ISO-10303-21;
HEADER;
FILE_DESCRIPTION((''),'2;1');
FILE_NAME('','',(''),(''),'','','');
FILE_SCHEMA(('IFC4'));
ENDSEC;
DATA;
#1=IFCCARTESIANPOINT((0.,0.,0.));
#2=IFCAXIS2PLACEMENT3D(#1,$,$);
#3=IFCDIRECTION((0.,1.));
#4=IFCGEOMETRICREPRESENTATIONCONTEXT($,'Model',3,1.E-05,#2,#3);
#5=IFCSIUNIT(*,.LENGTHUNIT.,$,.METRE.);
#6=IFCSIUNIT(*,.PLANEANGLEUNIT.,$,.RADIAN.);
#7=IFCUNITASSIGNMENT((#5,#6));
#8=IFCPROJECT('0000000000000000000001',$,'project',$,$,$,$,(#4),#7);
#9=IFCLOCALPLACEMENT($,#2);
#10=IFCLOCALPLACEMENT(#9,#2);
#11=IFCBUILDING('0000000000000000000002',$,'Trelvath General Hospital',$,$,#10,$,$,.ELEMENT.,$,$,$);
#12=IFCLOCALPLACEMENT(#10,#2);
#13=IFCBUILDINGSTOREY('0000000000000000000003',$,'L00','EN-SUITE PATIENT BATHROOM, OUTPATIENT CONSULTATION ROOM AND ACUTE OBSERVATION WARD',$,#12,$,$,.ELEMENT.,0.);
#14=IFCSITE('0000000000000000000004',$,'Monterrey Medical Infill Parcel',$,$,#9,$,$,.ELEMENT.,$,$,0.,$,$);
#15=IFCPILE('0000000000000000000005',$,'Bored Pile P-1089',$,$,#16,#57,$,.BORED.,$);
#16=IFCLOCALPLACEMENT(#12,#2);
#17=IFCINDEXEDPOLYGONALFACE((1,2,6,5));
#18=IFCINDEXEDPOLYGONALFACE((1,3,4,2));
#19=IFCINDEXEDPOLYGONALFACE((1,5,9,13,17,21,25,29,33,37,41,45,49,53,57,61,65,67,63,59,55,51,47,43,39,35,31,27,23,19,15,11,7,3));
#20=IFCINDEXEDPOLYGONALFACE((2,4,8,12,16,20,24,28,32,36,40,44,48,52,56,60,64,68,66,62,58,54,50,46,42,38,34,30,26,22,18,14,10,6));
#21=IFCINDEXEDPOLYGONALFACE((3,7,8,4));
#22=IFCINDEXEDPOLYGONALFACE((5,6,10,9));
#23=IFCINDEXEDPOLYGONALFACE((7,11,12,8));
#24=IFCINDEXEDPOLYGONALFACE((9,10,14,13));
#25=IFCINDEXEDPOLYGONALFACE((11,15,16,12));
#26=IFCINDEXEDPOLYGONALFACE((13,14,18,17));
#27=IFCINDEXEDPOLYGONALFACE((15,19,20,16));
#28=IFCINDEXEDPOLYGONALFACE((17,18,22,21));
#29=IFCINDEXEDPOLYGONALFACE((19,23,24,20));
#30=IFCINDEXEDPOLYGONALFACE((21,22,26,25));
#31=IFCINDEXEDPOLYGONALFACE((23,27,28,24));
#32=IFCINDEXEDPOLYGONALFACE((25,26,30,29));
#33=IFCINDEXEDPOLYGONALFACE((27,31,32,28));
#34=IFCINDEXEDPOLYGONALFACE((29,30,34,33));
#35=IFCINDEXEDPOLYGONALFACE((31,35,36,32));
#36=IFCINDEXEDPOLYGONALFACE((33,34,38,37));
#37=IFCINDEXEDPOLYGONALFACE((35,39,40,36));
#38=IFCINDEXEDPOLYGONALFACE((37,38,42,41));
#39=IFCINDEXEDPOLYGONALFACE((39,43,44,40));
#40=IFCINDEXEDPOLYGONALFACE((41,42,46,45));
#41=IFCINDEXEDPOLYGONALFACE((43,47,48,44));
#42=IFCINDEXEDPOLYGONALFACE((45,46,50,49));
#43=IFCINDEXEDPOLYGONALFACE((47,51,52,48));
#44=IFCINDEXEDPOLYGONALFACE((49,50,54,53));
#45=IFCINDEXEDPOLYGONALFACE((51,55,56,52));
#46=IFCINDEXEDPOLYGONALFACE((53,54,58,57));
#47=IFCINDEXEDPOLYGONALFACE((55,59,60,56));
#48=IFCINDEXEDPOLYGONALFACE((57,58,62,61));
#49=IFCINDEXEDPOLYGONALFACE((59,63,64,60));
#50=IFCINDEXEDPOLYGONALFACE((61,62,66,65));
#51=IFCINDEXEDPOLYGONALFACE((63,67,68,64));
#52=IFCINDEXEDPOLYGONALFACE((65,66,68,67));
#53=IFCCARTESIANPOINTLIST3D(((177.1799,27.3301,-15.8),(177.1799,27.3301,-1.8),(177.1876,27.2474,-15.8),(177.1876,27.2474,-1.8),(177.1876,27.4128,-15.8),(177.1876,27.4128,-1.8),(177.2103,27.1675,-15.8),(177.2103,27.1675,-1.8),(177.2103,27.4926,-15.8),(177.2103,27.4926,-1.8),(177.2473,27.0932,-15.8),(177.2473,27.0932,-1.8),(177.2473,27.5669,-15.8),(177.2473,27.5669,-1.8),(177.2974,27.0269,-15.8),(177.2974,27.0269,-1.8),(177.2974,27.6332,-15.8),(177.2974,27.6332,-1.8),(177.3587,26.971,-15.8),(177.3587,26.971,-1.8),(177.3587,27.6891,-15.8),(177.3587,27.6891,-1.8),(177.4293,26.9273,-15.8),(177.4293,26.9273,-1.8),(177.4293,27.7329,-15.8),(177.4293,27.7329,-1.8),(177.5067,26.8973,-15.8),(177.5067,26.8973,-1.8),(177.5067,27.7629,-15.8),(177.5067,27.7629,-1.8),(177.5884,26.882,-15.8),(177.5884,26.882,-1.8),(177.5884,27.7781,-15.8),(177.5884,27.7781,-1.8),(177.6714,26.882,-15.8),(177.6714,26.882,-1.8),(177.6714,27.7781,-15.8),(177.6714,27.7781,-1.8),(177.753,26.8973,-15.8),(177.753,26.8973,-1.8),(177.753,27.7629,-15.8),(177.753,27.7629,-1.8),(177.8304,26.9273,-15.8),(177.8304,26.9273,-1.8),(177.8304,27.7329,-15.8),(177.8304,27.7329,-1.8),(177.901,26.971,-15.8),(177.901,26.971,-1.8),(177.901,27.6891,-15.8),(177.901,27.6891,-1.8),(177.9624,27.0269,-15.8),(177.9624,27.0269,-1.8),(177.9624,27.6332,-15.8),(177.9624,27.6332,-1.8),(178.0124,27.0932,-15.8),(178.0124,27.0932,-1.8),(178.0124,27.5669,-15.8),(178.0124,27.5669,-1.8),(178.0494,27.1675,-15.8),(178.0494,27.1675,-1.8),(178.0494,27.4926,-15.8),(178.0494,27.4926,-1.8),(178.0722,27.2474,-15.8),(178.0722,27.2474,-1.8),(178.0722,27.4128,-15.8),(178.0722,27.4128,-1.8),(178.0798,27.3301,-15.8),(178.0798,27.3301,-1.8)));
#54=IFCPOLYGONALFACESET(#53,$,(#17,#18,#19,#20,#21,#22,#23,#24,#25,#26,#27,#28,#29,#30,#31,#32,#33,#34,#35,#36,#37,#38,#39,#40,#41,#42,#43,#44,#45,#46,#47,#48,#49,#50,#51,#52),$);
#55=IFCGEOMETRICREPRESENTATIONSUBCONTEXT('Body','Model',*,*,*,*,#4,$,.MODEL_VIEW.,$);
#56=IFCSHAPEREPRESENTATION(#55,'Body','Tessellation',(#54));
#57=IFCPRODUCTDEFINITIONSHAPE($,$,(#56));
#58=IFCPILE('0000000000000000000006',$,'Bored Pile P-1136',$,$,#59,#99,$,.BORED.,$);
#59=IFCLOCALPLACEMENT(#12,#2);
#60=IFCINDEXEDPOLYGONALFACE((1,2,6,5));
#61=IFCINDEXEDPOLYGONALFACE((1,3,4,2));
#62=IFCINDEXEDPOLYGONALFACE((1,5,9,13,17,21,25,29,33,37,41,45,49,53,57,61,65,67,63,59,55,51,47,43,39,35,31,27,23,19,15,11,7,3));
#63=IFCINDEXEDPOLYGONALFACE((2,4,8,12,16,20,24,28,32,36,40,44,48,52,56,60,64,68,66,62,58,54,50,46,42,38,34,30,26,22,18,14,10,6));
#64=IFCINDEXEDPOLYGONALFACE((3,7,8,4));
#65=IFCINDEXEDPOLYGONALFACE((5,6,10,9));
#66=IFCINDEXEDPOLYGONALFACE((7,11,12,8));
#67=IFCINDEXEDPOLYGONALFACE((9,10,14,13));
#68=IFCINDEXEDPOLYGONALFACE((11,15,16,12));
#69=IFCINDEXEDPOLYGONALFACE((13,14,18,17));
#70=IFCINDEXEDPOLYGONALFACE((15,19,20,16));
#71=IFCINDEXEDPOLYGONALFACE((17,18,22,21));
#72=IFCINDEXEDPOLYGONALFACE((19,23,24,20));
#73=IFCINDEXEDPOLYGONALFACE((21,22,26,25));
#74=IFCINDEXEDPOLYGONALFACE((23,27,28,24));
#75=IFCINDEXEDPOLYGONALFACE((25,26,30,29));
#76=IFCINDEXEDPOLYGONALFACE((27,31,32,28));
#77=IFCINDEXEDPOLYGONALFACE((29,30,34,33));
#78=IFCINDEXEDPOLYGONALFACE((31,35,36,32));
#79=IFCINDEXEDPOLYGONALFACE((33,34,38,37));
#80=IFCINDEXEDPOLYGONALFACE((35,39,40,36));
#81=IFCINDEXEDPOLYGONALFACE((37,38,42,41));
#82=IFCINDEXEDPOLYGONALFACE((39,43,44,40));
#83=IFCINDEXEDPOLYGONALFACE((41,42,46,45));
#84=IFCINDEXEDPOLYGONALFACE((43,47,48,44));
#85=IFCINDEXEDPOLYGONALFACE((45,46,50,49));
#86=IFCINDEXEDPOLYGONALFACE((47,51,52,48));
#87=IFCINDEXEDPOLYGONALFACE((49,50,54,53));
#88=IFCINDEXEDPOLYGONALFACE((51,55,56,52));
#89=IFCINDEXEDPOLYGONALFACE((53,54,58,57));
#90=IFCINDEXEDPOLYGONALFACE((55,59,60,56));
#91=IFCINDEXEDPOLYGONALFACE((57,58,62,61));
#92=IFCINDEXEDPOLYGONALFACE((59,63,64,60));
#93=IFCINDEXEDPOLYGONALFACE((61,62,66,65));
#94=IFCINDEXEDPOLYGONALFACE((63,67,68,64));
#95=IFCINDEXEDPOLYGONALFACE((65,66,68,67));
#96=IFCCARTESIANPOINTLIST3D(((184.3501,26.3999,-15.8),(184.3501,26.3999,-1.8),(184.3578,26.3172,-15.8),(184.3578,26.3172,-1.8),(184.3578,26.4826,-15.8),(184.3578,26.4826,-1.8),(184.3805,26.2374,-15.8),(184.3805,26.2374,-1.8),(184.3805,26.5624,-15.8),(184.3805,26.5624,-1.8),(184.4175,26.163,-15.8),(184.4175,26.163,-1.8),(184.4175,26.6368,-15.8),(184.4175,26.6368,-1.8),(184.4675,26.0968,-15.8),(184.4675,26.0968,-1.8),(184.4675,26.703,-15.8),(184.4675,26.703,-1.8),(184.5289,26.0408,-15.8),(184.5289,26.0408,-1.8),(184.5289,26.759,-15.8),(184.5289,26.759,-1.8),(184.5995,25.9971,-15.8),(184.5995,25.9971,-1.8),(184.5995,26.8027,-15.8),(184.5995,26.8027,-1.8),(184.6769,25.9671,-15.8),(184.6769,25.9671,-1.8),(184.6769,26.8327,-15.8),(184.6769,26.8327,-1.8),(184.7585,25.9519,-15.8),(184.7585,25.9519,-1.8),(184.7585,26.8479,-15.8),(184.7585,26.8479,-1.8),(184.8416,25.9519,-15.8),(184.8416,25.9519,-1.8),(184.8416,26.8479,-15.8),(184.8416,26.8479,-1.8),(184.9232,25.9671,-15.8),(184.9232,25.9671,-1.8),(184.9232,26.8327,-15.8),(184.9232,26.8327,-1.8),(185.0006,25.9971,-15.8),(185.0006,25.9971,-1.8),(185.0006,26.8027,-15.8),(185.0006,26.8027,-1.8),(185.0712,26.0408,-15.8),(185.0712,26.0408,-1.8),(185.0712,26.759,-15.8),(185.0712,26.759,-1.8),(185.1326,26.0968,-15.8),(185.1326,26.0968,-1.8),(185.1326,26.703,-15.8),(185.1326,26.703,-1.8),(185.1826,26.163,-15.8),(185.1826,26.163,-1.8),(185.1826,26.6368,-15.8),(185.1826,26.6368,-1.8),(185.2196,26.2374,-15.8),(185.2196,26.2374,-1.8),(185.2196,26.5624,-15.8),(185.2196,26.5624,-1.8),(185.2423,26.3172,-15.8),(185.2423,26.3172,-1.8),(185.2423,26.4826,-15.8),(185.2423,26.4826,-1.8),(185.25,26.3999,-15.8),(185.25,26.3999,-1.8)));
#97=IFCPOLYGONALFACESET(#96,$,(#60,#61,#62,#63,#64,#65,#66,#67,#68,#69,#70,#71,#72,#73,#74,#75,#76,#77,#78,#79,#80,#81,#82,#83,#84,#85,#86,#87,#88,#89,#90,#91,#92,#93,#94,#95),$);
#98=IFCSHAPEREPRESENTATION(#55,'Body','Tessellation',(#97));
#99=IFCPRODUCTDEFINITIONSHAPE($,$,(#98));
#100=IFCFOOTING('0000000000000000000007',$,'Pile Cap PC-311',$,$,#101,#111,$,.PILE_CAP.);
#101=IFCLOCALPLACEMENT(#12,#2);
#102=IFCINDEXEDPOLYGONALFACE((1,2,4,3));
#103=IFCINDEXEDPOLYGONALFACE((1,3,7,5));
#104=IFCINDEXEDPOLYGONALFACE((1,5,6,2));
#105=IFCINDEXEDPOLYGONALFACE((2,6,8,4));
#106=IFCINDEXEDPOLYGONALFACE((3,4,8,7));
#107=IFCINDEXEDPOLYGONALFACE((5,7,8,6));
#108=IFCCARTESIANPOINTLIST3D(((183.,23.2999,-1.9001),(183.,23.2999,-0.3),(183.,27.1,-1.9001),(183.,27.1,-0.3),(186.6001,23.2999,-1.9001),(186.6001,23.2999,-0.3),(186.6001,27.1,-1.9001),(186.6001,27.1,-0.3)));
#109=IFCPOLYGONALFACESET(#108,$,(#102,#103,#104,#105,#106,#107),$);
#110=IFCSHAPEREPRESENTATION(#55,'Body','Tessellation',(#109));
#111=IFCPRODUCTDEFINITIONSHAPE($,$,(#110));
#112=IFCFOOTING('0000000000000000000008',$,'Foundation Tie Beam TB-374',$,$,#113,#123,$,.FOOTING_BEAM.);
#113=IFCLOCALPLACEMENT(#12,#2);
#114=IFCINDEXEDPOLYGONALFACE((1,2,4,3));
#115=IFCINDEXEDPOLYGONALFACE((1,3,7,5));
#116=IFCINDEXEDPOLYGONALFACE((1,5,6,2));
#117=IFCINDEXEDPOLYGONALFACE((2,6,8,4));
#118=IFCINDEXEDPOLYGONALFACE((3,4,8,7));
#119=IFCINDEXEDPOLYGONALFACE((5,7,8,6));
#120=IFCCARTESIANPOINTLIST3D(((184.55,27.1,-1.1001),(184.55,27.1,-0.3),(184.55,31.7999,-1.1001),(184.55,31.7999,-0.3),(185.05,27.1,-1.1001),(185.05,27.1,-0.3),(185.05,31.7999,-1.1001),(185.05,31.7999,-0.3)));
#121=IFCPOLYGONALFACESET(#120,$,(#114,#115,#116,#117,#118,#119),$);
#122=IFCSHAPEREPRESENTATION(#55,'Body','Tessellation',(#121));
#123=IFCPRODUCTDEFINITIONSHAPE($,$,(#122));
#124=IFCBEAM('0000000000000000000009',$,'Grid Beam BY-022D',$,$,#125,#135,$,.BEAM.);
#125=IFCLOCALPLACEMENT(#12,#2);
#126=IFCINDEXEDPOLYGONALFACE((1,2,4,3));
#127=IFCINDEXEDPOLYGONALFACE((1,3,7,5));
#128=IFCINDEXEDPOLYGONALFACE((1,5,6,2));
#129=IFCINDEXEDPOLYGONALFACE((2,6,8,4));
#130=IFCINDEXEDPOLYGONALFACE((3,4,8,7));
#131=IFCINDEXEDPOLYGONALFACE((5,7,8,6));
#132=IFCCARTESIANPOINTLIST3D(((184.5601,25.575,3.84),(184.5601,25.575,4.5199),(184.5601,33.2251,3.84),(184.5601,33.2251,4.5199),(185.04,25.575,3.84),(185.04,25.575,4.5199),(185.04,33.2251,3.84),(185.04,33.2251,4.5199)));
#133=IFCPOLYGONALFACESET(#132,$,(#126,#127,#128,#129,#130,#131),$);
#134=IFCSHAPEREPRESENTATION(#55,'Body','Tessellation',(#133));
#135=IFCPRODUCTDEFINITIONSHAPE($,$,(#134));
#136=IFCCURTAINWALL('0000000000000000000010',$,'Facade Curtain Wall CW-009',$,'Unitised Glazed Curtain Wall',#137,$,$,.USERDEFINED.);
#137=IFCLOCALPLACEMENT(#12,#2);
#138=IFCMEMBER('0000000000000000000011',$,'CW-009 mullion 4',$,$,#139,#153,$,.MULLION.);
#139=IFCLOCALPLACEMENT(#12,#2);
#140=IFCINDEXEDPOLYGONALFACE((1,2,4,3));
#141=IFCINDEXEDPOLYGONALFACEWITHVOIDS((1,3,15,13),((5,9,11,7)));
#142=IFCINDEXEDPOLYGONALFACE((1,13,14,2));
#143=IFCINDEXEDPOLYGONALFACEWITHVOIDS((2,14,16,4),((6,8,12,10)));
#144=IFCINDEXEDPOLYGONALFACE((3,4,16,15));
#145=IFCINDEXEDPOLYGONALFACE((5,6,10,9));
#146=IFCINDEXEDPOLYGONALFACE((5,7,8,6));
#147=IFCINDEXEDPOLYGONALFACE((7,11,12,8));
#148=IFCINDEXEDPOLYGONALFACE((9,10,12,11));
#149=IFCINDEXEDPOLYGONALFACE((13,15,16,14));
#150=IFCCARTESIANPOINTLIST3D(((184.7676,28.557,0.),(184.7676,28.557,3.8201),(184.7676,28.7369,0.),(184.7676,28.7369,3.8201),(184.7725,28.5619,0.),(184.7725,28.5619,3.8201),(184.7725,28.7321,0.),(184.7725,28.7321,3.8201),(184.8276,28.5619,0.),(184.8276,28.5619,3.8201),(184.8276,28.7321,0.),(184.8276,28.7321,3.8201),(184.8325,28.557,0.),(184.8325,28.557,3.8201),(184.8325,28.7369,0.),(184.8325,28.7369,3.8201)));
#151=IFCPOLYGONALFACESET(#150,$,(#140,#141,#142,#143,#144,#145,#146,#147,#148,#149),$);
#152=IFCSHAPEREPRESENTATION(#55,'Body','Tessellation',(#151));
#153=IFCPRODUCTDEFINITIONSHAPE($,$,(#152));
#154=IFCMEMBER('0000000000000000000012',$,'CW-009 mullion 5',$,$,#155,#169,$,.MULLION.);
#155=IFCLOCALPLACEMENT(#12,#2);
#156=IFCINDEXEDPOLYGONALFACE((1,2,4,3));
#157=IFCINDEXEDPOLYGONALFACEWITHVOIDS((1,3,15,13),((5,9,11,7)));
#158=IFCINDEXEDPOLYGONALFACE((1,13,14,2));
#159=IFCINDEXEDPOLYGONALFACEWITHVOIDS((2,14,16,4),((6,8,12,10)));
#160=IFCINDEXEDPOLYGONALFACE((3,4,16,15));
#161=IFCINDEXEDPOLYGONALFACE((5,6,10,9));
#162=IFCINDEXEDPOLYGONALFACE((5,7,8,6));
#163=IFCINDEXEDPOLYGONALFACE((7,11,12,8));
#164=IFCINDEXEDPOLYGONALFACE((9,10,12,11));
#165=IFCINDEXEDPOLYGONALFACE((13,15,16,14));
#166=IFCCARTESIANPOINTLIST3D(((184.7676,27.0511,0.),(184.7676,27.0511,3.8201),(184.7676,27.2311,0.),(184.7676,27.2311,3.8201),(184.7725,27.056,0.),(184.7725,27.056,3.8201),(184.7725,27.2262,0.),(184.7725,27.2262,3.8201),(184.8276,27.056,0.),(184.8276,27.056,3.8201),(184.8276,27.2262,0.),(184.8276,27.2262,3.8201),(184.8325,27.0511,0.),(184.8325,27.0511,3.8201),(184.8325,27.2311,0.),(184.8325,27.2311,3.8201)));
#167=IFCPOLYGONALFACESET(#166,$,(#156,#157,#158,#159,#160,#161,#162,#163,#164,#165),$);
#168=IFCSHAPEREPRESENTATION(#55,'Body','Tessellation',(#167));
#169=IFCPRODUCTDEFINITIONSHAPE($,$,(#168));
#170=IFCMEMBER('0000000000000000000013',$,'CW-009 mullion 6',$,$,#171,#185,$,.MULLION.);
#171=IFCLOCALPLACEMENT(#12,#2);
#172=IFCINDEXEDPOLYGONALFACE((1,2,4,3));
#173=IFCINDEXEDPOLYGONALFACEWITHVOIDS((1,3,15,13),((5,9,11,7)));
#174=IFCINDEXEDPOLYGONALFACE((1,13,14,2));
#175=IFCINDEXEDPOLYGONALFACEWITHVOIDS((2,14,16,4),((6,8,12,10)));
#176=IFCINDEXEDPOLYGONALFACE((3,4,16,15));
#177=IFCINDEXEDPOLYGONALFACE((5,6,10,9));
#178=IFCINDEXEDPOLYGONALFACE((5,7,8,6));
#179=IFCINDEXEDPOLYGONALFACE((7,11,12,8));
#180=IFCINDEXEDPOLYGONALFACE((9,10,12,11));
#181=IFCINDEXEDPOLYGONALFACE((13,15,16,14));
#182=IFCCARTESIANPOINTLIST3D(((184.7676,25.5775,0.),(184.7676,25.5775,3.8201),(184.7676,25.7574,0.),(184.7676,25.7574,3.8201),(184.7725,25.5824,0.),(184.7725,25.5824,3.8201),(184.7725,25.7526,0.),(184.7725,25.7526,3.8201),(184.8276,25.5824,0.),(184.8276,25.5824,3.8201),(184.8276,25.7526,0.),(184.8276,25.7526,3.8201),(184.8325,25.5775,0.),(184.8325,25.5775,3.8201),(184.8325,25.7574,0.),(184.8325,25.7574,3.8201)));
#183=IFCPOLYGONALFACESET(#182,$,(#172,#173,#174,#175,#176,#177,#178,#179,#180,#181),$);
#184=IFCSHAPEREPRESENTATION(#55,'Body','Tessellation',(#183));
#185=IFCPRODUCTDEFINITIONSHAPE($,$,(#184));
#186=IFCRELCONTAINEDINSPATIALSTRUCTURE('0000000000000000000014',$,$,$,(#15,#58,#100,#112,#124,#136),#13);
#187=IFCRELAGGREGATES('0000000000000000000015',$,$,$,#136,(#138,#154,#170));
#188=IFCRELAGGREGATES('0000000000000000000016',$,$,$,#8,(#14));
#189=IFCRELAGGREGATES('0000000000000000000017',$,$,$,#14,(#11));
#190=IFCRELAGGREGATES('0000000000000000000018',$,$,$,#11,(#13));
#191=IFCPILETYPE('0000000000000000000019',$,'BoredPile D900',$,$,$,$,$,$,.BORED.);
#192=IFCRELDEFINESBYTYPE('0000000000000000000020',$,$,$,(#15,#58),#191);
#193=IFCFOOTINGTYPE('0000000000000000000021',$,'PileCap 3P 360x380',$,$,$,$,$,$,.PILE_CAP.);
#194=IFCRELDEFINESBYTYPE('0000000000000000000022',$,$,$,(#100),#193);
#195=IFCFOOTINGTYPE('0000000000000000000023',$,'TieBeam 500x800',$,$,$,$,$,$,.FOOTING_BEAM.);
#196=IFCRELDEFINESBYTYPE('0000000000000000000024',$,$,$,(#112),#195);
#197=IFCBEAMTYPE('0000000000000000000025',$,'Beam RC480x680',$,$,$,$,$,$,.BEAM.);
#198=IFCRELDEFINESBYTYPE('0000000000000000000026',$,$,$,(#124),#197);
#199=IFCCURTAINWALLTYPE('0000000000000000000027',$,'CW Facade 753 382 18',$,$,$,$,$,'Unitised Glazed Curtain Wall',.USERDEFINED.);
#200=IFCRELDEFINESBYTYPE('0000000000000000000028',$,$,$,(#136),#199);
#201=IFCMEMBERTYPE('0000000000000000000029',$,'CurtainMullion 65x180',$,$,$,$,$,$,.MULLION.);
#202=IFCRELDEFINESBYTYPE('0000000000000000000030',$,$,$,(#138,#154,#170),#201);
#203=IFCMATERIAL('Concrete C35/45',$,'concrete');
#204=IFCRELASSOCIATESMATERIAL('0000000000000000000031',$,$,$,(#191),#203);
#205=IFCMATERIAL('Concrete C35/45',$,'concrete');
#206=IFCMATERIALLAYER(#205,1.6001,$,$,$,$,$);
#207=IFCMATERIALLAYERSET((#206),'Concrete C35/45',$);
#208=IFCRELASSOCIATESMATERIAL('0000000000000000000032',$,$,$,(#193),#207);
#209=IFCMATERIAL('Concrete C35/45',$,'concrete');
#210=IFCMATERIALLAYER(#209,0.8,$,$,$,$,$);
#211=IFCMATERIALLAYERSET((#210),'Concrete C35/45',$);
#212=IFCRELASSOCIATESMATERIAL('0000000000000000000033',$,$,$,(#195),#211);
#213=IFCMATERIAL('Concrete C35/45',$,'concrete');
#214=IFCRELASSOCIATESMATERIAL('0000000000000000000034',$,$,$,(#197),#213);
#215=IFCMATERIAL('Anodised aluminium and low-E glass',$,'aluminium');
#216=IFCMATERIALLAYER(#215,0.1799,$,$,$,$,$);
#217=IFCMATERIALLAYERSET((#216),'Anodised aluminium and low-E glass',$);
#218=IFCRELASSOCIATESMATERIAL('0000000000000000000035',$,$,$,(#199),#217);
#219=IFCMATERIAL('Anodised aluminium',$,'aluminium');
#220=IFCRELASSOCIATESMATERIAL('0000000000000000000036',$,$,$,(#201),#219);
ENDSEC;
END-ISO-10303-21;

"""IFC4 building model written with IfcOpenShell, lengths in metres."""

from ifc_helpers import new_model, si_unit, direction, frame, origin, origin_2d, place, context, subcontext, project, spatial, rectangle, hollow_rectangle, circle, extrude, material, layer, layer_set, material_profile, profile_set, type_object, element, aggregate, save


model = new_model("IFC4")

# Units and contexts
model_context = context("Model", 3, precision=1e-05, world=origin(), true_north=direction((0.0, 1.0)))
body_context = subcontext(model_context, "Body", "Model", "MODEL_VIEW")
ifc_project = project(units=[si_unit("LENGTHUNIT", "METRE"), si_unit("PLANEANGLEUNIT", "RADIAN")], contexts=[model_context])

# Site, building, storey
site_placement = place(None, origin())
site = spatial("IfcSite", under=ifc_project, at=site_placement, Name="Monterrey Medical Infill Parcel", CompositionType="ELEMENT", RefElevation=0.0)
building_placement = place(site_placement, origin())
building = spatial("IfcBuilding", under=site, at=building_placement, Name="Trelvath General Hospital", CompositionType="ELEMENT")
storey_placement = place(building_placement, origin())
storey = spatial("IfcBuildingStorey", under=building, at=storey_placement, Name="L00", Description="EN-SUITE PATIENT BATHROOM, OUTPATIENT CONSULTATION ROOM AND ACUTE OBSERVATION WARD", CompositionType="ELEMENT", Elevation=0.0)

# Piles
ifc_material_1 = material(Name="Concrete C35/45", Category="concrete")
ifc_material_profile_1 = material_profile(ifc_material_1, circle(Radius=0.45, at=origin_2d()), Name="PILE900")
ifc_profile_set_1 = profile_set([ifc_material_profile_1], Name="Concrete C35/45")
pile_type = type_object("IfcPileType", Name="BoredPile D900", PredefinedType="BORED", material=ifc_profile_set_1)
for number, where, z_axis, x_axis, name in (
    (1, (177.6299, 27.3301, -1.8), (0.0, 0.0, -1.0), (1.0, 0.0, 0.0), "Bored Pile P-1089"),
    (2, (184.8, 26.3999, -1.8), (0.0, 0.0, -1.0), (1.0, 0.0, 0.0), "Bored Pile P-1136"),
):
    element("IfcPile", number, at=place(storey_placement, frame(where, z_axis=z_axis, x_axis=x_axis)), inside=storey, type_object=pile_type, Name=name, PredefinedType="BORED", context=body_context, shape_type="SweptSolid", body=[
        extrude(circle(Radius=0.45, at=origin_2d()), origin(), (0.0, 0.0, 1.0), 14.0),
    ])

# Footings
ifc_material_2 = material(Name="Concrete C35/45", Category="concrete")
ifc_layer_1 = layer(ifc_material_2, 1.6001)
ifc_layer_set_1 = layer_set([ifc_layer_1], Name="Concrete C35/45")
footing_type_1 = type_object("IfcFootingType", Name="PileCap 3P 360x380", PredefinedType="PILE_CAP", material=ifc_layer_set_1)
footing_1_placement = place(storey_placement, frame((184.8, 25.2, -1.9001), z_axis=(0.0, 0.0, 1.0), x_axis=(1.0, 0.0, 0.0)))
element("IfcFooting", 3, at=footing_1_placement, inside=storey, type_object=footing_type_1, Name="Pile Cap PC-311", PredefinedType="PILE_CAP", context=body_context, shape_type="SweptSolid", body=[
    extrude(rectangle(XDim=3.6001, YDim=3.8, at=origin_2d()), origin(), (0.0, 0.0, 1.0), 1.6001),
])
ifc_material_3 = material(Name="Concrete C35/45", Category="concrete")
ifc_layer_2 = layer(ifc_material_3, 0.8)
ifc_layer_set_2 = layer_set([ifc_layer_2], Name="Concrete C35/45")
footing_type_2 = type_object("IfcFootingType", Name="TieBeam 500x800", PredefinedType="FOOTING_BEAM", material=ifc_layer_set_2)
footing_2_placement = place(storey_placement, frame((184.8, 29.45, -1.1001), z_axis=(0.0, 0.0, 1.0), x_axis=(1.0, 0.0, 0.0)))
element("IfcFooting", 4, at=footing_2_placement, inside=storey, type_object=footing_type_2, Name="Foundation Tie Beam TB-374", PredefinedType="FOOTING_BEAM", context=body_context, shape_type="SweptSolid", body=[
    extrude(rectangle(XDim=0.5, YDim=4.7, at=origin_2d()), origin(), (0.0, 0.0, 1.0), 0.8),
])

# Beam
ifc_material_4 = material(Name="Concrete C35/45", Category="concrete")
ifc_material_profile_2 = material_profile(ifc_material_4, rectangle(XDim=0.48, YDim=0.6799, at=origin_2d()), Name="RCB480x680")
ifc_profile_set_2 = profile_set([ifc_material_profile_2], Name="Concrete C35/45")
beam_type = type_object("IfcBeamType", Name="Beam RC480x680", PredefinedType="BEAM", material=ifc_profile_set_2)
beam_placement = place(storey_placement, frame((184.8, 25.575, 4.1799), z_axis=(0.0, 1.0, 0.0), x_axis=(-1.0, 0.0, 0.0)))
element("IfcBeam", 5, at=beam_placement, inside=storey, type_object=beam_type, Name="Grid Beam BY-022D", PredefinedType="BEAM", context=body_context, shape_type="SweptSolid", body=[
    extrude(rectangle(XDim=0.48, YDim=0.6799, at=origin_2d()), origin(), (0.0, 0.0, 1.0), 7.6501),
])

# Curtain wall, members
ifc_material_5 = material(Name="Anodised aluminium and low-E glass", Category="aluminium")
ifc_layer_3 = layer(ifc_material_5, 0.1799)
ifc_layer_set_3 = layer_set([ifc_layer_3], Name="Anodised aluminium and low-E glass")
curtain_wall_type = type_object("IfcCurtainWallType", Name="CW Facade 753 382 18", ElementType="Unitised Glazed Curtain Wall", PredefinedType="USERDEFINED", material=ifc_layer_set_3)
curtain_wall_placement = place(storey_placement, origin())
curtain_wall = element("IfcCurtainWall", 6, at=curtain_wall_placement, inside=storey, type_object=curtain_wall_type, Name="Facade Curtain Wall CW-009", ObjectType="Unitised Glazed Curtain Wall", PredefinedType="USERDEFINED")
ifc_material_6 = material(Name="Anodised aluminium", Category="aluminium")
ifc_material_profile_3 = material_profile(ifc_material_6, hollow_rectangle(XDim=0.0649, YDim=0.1799, WallThickness=0.0049, at=origin_2d()), Name="RHS65x180x5")
ifc_profile_set_3 = profile_set([ifc_material_profile_3], Name="Anodised aluminium")
member_type_1 = type_object("IfcMemberType", Name="CurtainMullion 65x180", PredefinedType="MULLION", material=ifc_profile_set_3)
member_1_placement = place(storey_placement, frame((184.8, 28.647, 0.0), z_axis=(0.0, 0.0, 1.0), x_axis=(1.0, 0.0, 0.0)))
member_1 = element("IfcMember", 7, at=member_1_placement, type_object=member_type_1, Name="CW-009 mullion 4", PredefinedType="MULLION", context=body_context, shape_type="SweptSolid", body=[
    extrude(hollow_rectangle(XDim=0.0649, YDim=0.1799, WallThickness=0.0049, at=origin_2d()), origin(), (0.0, 0.0, 1.0), 3.8201),
])
member_2_placement = place(storey_placement, frame((184.8, 27.1411, 0.0), z_axis=(0.0, 0.0, 1.0), x_axis=(1.0, 0.0, 0.0)))
member_2 = element("IfcMember", 8, at=member_2_placement, type_object=member_type_1, Name="CW-009 mullion 5", PredefinedType="MULLION", context=body_context, shape_type="SweptSolid", body=[
    extrude(hollow_rectangle(XDim=0.0649, YDim=0.1799, WallThickness=0.0049, at=origin_2d()), origin(), (0.0, 0.0, 1.0), 3.8201),
])
member_3_placement = place(storey_placement, frame((184.8, 25.6675, 0.0), z_axis=(0.0, 0.0, 1.0), x_axis=(1.0, 0.0, 0.0)))
member_3 = element("IfcMember", 9, at=member_3_placement, type_object=member_type_1, Name="CW-009 mullion 6", PredefinedType="MULLION", context=body_context, shape_type="SweptSolid", body=[
    extrude(hollow_rectangle(XDim=0.0649, YDim=0.1799, WallThickness=0.0049, at=origin_2d()), origin(), (0.0, 0.0, 1.0), 3.8201),
])
aggregate(curtain_wall, [member_1, member_2, member_3])

save(model, "model.ifc")
